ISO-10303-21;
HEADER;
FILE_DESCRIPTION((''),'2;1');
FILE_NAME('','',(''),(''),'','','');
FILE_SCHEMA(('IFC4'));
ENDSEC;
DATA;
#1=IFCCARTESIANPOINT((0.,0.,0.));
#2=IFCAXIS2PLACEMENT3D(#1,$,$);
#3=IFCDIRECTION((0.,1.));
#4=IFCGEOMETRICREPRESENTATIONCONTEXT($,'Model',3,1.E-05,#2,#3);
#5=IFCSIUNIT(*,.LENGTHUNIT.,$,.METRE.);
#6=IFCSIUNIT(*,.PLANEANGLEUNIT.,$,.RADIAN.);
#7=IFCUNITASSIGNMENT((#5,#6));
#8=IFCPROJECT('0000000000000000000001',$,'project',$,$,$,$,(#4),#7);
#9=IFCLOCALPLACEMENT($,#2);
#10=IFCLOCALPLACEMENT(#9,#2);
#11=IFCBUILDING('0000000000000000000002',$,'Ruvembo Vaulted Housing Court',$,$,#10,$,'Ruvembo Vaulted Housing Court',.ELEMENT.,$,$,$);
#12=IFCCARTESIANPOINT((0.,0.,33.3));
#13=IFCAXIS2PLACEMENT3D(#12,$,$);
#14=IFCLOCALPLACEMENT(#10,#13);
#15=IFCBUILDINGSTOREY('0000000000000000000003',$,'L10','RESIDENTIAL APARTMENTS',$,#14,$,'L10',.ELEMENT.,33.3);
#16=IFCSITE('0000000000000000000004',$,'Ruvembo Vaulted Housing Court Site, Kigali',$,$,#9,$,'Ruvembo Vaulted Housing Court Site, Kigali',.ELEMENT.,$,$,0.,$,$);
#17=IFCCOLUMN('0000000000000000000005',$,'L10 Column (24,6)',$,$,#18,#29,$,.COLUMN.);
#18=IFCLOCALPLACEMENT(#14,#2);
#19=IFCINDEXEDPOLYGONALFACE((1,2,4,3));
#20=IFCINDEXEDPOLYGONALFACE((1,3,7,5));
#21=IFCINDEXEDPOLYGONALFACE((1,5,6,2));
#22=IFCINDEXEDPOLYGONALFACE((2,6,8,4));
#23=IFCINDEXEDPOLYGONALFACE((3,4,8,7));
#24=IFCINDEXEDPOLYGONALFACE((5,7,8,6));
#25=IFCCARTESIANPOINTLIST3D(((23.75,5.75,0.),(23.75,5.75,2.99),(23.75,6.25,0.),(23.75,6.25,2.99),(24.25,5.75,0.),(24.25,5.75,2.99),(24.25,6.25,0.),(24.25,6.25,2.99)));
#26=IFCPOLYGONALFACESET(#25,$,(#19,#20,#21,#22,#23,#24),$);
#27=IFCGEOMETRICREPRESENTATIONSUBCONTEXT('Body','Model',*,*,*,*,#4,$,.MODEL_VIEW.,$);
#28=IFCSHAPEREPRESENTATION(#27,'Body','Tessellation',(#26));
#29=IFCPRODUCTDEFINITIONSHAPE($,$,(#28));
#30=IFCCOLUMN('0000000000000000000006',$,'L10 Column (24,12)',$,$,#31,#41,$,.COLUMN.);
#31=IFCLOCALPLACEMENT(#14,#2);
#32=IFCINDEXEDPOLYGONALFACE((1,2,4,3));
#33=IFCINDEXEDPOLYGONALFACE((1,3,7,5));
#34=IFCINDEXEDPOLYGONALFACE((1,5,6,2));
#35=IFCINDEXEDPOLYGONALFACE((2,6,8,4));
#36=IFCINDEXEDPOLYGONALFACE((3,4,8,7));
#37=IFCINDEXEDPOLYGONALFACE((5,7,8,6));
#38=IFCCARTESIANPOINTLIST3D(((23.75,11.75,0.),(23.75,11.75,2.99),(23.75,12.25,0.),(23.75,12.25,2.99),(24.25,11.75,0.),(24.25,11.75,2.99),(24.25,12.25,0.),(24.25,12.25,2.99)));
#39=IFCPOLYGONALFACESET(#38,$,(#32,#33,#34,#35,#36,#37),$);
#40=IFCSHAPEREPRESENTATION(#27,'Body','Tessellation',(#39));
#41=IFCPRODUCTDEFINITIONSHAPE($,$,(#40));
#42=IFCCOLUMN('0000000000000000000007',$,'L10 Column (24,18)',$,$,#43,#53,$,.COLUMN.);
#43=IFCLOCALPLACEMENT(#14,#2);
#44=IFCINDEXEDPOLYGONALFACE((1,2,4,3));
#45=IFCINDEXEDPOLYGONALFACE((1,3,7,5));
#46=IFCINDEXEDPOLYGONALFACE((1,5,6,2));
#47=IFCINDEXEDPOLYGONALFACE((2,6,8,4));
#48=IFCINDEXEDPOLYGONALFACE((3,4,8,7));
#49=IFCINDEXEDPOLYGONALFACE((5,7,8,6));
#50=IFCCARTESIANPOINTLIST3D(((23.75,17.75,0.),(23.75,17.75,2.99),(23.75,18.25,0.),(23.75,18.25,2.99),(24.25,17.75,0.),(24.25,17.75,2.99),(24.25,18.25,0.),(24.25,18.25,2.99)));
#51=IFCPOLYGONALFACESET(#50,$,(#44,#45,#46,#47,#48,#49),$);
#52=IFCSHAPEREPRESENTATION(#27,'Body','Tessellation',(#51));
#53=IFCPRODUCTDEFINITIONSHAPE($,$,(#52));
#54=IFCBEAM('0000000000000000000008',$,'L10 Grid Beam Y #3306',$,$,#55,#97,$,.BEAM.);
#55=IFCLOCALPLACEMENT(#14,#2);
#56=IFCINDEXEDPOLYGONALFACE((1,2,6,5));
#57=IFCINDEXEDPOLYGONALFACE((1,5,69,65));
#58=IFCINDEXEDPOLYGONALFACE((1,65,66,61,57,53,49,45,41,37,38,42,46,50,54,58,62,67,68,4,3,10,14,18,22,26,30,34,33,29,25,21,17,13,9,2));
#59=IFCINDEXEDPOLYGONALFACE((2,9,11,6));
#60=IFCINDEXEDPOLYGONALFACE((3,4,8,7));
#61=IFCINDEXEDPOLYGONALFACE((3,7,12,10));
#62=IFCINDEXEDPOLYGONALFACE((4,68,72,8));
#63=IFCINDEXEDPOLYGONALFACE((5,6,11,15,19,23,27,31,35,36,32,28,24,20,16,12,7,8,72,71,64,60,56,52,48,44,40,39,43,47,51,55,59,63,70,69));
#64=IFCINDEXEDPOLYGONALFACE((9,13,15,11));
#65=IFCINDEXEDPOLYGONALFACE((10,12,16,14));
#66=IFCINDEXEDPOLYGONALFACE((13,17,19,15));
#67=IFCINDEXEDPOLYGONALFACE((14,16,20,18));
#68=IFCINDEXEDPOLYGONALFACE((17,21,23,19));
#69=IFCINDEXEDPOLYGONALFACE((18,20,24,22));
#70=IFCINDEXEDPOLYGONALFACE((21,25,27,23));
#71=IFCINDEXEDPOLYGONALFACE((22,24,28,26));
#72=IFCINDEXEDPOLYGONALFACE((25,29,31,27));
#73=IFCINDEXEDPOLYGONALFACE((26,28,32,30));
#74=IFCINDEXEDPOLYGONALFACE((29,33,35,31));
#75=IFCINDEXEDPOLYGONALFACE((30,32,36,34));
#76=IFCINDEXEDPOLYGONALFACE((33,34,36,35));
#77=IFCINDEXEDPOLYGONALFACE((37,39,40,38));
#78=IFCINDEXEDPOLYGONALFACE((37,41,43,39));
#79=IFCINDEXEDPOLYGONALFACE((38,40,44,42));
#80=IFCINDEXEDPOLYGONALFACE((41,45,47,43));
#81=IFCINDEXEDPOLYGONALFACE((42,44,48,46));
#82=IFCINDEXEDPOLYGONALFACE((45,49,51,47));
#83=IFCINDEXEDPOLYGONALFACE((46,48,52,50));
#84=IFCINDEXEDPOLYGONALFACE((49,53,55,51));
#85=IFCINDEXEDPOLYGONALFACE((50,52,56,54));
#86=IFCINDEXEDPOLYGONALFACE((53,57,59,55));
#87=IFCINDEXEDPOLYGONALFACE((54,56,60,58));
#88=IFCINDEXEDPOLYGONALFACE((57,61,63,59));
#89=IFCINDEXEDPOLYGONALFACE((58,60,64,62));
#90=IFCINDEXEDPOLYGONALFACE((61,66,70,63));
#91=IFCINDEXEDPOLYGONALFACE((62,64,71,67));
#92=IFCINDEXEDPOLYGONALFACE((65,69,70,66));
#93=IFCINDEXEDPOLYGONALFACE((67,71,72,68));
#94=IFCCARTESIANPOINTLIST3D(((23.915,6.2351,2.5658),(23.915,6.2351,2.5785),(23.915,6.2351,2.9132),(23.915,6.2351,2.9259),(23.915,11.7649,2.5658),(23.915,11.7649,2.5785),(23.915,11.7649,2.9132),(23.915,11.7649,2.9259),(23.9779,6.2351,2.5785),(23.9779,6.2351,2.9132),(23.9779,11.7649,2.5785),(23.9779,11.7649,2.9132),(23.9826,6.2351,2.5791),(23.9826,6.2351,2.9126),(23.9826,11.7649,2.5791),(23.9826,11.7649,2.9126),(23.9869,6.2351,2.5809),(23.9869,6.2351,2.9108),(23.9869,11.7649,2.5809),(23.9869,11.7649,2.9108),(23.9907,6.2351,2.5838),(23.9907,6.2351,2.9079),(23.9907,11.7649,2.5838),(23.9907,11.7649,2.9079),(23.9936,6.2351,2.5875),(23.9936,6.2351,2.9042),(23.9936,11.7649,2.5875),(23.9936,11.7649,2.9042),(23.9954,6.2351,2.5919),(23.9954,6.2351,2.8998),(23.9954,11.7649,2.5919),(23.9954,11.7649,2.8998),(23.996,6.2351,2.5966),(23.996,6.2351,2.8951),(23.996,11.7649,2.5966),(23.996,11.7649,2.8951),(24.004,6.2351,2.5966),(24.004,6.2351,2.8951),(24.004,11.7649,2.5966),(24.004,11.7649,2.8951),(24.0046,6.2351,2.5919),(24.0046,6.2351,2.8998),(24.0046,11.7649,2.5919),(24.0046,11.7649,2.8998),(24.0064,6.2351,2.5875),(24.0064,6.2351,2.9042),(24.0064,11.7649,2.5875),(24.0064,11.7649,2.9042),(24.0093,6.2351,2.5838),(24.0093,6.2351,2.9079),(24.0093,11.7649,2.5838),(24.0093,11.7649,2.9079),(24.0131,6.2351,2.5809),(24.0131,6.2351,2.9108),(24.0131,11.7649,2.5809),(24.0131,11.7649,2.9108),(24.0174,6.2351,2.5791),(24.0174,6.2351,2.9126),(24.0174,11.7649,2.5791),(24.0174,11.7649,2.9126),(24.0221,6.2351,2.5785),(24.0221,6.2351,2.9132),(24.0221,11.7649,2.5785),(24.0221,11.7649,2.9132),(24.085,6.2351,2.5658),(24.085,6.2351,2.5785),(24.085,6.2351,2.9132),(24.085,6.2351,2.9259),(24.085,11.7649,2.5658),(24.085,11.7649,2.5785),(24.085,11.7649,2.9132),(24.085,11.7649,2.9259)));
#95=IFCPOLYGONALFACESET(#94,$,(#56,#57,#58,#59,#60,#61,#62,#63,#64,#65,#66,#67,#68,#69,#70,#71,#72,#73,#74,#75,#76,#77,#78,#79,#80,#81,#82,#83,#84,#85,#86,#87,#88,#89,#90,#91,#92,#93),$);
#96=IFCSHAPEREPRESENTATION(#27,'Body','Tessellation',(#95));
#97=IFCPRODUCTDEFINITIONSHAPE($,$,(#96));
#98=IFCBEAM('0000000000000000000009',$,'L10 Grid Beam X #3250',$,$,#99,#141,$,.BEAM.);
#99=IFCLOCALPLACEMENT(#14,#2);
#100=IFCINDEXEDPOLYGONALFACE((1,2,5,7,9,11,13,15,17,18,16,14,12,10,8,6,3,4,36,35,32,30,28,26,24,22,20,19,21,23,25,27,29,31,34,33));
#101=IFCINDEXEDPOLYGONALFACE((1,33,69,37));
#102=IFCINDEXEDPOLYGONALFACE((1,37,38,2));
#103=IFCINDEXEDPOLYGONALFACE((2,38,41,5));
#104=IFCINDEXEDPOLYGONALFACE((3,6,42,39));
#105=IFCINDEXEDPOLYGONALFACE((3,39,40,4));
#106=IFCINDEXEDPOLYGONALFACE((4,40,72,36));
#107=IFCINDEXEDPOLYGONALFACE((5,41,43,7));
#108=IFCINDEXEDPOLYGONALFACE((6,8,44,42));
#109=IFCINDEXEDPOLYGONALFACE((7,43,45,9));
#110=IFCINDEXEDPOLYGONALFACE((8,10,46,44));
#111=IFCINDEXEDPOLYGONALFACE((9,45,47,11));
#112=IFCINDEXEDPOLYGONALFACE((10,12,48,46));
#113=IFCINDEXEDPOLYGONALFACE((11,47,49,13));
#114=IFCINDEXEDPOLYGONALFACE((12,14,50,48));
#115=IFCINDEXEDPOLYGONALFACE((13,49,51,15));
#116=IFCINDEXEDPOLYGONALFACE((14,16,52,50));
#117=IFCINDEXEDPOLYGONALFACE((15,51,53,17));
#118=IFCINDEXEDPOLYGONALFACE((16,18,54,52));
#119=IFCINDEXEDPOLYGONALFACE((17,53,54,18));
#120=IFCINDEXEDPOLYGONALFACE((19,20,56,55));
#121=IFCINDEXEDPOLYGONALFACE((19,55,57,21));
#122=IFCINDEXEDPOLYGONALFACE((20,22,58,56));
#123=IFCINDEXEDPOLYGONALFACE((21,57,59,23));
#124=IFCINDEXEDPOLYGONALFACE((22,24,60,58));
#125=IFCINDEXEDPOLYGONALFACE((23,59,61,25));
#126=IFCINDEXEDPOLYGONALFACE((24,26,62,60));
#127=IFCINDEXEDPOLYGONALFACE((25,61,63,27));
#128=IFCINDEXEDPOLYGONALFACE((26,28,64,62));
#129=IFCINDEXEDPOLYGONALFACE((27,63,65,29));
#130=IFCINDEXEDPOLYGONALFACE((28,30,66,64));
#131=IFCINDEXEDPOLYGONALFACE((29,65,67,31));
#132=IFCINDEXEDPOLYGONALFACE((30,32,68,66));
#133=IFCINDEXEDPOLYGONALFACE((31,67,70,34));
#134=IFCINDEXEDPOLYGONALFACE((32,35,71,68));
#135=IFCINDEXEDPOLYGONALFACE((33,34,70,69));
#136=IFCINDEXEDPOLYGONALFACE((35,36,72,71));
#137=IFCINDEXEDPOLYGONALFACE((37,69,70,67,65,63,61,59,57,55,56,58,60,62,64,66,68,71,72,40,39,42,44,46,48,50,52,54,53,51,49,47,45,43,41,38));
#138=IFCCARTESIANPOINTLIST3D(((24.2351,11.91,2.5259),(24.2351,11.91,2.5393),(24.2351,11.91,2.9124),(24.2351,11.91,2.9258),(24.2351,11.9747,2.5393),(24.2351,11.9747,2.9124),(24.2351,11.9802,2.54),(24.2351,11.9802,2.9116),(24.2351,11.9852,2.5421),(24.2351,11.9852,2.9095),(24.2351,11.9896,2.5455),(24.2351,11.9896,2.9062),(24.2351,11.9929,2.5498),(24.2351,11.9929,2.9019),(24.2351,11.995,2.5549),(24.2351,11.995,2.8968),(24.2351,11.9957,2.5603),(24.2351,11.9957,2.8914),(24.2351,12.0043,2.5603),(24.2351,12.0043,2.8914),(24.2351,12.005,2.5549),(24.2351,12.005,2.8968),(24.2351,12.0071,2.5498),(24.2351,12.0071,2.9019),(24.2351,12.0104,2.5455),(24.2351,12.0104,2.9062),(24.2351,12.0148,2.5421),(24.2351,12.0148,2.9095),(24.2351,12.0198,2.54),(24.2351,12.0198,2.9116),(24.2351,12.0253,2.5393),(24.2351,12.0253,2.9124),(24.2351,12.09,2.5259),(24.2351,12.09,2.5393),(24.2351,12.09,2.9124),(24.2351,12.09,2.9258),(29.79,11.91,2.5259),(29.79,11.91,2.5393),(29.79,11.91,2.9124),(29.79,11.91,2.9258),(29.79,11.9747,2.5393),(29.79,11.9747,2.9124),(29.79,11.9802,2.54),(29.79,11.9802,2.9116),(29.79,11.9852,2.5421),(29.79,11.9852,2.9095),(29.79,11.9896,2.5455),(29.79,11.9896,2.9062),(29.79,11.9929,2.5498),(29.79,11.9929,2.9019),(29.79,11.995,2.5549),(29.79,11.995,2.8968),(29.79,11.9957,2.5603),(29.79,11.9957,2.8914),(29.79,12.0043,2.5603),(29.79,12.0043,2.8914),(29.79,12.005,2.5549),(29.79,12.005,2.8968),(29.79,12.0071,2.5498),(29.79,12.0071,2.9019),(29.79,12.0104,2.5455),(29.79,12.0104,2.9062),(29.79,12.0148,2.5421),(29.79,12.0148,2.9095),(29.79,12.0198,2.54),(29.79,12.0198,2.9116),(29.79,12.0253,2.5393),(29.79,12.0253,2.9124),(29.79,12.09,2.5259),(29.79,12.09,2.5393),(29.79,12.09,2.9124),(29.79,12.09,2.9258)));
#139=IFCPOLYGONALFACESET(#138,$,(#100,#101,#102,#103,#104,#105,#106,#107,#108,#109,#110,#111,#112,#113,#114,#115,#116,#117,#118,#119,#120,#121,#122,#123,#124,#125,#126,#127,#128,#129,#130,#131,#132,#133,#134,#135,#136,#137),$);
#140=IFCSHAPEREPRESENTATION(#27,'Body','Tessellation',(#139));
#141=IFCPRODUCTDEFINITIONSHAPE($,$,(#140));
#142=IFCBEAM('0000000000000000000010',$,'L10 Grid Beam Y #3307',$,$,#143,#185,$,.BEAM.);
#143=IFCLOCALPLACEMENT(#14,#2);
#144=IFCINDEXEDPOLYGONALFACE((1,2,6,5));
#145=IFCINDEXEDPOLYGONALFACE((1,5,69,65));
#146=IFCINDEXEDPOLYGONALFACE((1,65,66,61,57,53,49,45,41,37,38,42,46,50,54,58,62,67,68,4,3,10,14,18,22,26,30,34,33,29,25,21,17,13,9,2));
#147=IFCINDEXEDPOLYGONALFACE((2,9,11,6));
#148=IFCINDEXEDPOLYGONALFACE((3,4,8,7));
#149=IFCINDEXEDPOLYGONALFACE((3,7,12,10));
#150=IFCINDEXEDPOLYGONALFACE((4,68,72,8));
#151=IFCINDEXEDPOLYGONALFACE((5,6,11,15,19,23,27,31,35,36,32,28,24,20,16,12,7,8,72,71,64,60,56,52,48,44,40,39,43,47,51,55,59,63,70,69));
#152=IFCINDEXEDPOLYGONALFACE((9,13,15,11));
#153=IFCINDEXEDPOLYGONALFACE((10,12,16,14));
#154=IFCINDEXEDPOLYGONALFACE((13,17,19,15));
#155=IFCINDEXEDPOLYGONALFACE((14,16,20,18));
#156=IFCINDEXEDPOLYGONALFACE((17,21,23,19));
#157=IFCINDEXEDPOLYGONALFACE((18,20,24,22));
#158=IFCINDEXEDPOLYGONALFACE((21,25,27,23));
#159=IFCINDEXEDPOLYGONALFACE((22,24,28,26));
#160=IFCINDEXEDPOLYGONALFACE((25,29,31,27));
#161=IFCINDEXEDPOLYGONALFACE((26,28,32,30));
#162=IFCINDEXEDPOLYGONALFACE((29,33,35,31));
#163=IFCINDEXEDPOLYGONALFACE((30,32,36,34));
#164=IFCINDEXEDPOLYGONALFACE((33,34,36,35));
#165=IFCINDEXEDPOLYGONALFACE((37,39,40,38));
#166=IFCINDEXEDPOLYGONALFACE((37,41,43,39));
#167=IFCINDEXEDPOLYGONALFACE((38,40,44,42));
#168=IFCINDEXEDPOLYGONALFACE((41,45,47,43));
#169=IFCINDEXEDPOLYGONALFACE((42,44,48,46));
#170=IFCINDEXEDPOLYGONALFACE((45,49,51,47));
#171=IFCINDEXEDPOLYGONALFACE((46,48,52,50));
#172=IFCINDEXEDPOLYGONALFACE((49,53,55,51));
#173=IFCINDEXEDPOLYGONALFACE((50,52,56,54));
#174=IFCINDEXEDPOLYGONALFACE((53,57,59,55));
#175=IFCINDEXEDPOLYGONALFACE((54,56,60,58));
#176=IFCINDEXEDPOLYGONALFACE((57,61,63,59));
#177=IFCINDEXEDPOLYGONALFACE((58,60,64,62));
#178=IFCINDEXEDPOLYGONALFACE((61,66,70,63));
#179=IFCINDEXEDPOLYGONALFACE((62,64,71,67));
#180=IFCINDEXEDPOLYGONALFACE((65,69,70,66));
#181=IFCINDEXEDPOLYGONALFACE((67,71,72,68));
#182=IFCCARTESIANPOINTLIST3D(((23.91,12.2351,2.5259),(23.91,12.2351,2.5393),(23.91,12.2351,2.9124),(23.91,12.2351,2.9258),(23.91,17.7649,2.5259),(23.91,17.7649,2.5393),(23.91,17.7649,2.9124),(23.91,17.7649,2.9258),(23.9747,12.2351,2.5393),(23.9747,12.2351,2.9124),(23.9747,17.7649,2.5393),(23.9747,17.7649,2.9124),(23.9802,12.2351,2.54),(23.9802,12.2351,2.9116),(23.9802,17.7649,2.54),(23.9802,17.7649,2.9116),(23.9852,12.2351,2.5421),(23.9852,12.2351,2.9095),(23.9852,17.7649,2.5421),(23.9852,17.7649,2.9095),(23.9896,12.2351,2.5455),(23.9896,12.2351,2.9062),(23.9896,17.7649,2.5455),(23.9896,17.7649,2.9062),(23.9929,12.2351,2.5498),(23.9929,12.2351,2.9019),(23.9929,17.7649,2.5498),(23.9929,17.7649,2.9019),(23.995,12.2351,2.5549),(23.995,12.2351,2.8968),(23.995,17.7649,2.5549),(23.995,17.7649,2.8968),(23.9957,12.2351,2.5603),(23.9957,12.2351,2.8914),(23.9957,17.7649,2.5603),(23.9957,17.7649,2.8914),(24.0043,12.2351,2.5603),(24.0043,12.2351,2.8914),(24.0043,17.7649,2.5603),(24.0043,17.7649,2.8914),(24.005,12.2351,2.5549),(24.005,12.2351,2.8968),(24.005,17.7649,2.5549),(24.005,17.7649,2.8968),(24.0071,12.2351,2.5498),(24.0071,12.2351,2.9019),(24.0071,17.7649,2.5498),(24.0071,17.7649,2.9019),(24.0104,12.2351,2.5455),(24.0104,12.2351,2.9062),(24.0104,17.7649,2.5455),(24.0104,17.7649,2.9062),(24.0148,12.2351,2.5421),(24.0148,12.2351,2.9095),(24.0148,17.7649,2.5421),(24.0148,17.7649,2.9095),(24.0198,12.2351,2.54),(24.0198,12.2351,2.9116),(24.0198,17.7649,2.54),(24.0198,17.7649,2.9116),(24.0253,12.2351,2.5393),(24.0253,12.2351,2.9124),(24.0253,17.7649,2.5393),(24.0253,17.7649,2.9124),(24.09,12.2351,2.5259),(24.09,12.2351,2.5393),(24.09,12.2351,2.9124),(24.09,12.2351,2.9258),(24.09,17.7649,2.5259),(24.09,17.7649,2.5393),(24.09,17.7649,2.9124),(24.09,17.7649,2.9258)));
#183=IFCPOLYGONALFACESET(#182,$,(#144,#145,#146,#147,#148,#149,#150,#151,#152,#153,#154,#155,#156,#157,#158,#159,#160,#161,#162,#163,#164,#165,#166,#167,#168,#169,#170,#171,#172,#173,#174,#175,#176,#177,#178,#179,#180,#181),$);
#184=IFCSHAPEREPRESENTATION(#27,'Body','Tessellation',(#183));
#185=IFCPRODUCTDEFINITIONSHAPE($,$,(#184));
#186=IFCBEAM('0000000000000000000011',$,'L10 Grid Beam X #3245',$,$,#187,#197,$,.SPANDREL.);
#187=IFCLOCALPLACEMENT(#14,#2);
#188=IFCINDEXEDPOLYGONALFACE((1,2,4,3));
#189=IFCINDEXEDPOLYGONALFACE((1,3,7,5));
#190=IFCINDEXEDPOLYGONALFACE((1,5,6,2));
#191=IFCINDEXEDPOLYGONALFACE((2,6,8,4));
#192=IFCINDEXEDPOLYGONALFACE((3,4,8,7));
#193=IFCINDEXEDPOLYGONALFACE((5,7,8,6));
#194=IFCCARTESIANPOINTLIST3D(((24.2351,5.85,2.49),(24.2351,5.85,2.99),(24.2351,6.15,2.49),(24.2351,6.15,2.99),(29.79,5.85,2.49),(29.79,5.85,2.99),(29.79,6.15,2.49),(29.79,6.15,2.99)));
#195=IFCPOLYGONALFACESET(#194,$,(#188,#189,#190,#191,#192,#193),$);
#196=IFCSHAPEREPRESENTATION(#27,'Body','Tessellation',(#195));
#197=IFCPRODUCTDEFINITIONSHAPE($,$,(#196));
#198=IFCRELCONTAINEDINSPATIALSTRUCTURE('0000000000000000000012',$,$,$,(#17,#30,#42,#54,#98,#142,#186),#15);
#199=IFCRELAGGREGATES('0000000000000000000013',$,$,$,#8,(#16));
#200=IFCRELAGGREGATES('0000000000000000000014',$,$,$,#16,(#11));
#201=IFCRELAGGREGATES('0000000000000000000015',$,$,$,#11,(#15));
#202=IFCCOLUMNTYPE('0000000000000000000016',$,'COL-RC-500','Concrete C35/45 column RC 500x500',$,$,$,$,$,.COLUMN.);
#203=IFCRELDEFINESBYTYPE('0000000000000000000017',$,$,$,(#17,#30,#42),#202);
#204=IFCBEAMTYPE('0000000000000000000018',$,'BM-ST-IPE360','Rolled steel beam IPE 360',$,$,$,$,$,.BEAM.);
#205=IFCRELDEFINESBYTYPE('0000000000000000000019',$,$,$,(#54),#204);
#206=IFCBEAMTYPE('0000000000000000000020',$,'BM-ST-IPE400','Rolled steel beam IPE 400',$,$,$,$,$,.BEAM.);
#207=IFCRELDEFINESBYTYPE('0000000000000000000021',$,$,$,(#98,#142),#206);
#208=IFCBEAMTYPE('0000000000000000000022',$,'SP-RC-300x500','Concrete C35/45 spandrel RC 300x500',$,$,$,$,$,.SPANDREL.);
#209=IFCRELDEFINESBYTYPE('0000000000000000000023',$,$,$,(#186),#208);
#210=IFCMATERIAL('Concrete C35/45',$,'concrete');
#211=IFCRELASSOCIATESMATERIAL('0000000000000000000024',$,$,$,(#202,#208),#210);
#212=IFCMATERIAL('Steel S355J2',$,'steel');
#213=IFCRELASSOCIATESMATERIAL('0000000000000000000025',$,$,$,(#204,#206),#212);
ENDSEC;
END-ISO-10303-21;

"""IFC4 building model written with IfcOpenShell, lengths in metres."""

from ifc_helpers import new_model, si_unit, direction, frame, origin, origin_2d, place, context, subcontext, project, spatial, rectangle, i_section, extrude, material, material_profile, profile_set, type_object, element, save


model = new_model("IFC4")

# Units and contexts
model_context = context("Model", 3, precision=1e-05, world=origin(), true_north=direction((0.0, 1.0)))
body_context = subcontext(model_context, "Body", "Model", "MODEL_VIEW")
ifc_project = project(units=[si_unit("LENGTHUNIT", "METRE"), si_unit("PLANEANGLEUNIT", "RADIAN")], contexts=[model_context])

# Site, building, storey
site_placement = place(None, origin())
site = spatial("IfcSite", under=ifc_project, at=site_placement, Name="Ruvembo Vaulted Housing Court Site, Kigali", LongName="Ruvembo Vaulted Housing Court Site, Kigali", CompositionType="ELEMENT", RefElevation=0.0)
building_placement = place(site_placement, origin())
building = spatial("IfcBuilding", under=site, at=building_placement, Name="Ruvembo Vaulted Housing Court", LongName="Ruvembo Vaulted Housing Court", CompositionType="ELEMENT")
storey_placement = place(building_placement, frame((0.0, 0.0, 33.3)))
storey = spatial("IfcBuildingStorey", under=building, at=storey_placement, Name="L10", Description="RESIDENTIAL APARTMENTS", LongName="L10", CompositionType="ELEMENT", Elevation=33.3)

# Columns
ifc_material_1 = material(Name="Concrete C35/45", Category="concrete")
ifc_material_profile_1 = material_profile(ifc_material_1, rectangle(XDim=0.5, YDim=0.5, at=origin_2d()), Name="RC 500x500")
ifc_profile_set_1 = profile_set([ifc_material_profile_1], Name="Concrete C35/45")
column_type = type_object("IfcColumnType", Name="COL-RC-500", Description="Concrete C35/45 column RC 500x500", PredefinedType="COLUMN", material=ifc_profile_set_1)
for number, where, z_axis, x_axis, name in (
    (1, (24.0, 6.0, 0.0), (0.0, 0.0, 1.0), (1.0, 0.0, 0.0), "L10 Column (24,6)"),
    (2, (24.0, 12.0, 0.0), (0.0, 0.0, 1.0), (1.0, 0.0, 0.0), "L10 Column (24,12)"),
    (3, (24.0, 18.0, 0.0), (0.0, 0.0, 1.0), (1.0, 0.0, 0.0), "L10 Column (24,18)"),
):
    element("IfcColumn", number, at=place(storey_placement, frame(where, z_axis=z_axis, x_axis=x_axis)), inside=storey, type_object=column_type, Name=name, PredefinedType="COLUMN", context=body_context, shape_type="SweptSolid", body=[
        extrude(rectangle(XDim=0.5, YDim=0.5, at=origin_2d()), origin(), (0.0, 0.0, 1.0), 2.99),
    ])

# Beams
ifc_material_2 = material(Name="Steel S355J2", Category="steel")
ifc_material_profile_2 = material_profile(ifc_material_2, i_section(OverallWidth=0.1699, OverallDepth=0.3601, WebThickness=0.0081, FlangeThickness=0.0127, FilletRadius=0.0181, at=origin_2d()), Name="IPE 360")
ifc_profile_set_2 = profile_set([ifc_material_profile_2], Name="Steel S355J2")
beam_type_1 = type_object("IfcBeamType", Name="BM-ST-IPE360", Description="Rolled steel beam IPE 360", PredefinedType="BEAM", material=ifc_profile_set_2)
beam_1_placement = place(storey_placement, frame((24.0, 6.2351, 2.7458), z_axis=(0.0, 1.0, 0.0), x_axis=(-1.0, 0.0, 0.0)))
element("IfcBeam", 4, at=beam_1_placement, inside=storey, type_object=beam_type_1, Name="L10 Grid Beam Y #3306", PredefinedType="BEAM", context=body_context, shape_type="SweptSolid", body=[
    extrude(i_section(OverallWidth=0.1699, OverallDepth=0.3601, WebThickness=0.0081, FlangeThickness=0.0127, FilletRadius=0.0181, at=origin_2d()), origin(), (0.0, 0.0, 1.0), 5.5298),
])
ifc_material_profile_3 = material_profile(ifc_material_2, i_section(OverallWidth=0.1799, OverallDepth=0.3999, WebThickness=0.0085, FlangeThickness=0.0134, FilletRadius=0.021, at=origin_2d()), Name="IPE 400")
ifc_profile_set_3 = profile_set([ifc_material_profile_3], Name="Steel S355J2")
beam_type_2 = type_object("IfcBeamType", Name="BM-ST-IPE400", Description="Rolled steel beam IPE 400", PredefinedType="BEAM", material=ifc_profile_set_3)
beam_2_placement = place(storey_placement, frame((24.2351, 12.0, 2.7258), z_axis=(1.0, 0.0, 0.0), x_axis=(0.0, 1.0, 0.0)))
element("IfcBeam", 5, at=beam_2_placement, inside=storey, type_object=beam_type_2, Name="L10 Grid Beam X #3250", PredefinedType="BEAM", context=body_context, shape_type="SweptSolid", body=[
    extrude(i_section(OverallWidth=0.1799, OverallDepth=0.3999, WebThickness=0.0085, FlangeThickness=0.0134, FilletRadius=0.021, at=origin_2d()), origin(), (0.0, 0.0, 1.0), 5.5549),
])
beam_3_placement = place(storey_placement, frame((24.0, 12.2351, 2.7258), z_axis=(0.0, 1.0, 0.0), x_axis=(-1.0, 0.0, 0.0)))
element("IfcBeam", 6, at=beam_3_placement, inside=storey, type_object=beam_type_2, Name="L10 Grid Beam Y #3307", PredefinedType="BEAM", context=body_context, shape_type="SweptSolid", body=[
    extrude(i_section(OverallWidth=0.1799, OverallDepth=0.3999, WebThickness=0.0085, FlangeThickness=0.0134, FilletRadius=0.021, at=origin_2d()), origin(), (0.0, 0.0, 1.0), 5.5298),
])
ifc_material_profile_4 = material_profile(ifc_material_1, rectangle(XDim=0.3, YDim=0.5, at=origin_2d()), Name="RC 300x500")
ifc_profile_set_4 = profile_set([ifc_material_profile_4], Name="Concrete C35/45")
beam_type_3 = type_object("IfcBeamType", Name="SP-RC-300x500", Description="Concrete C35/45 spandrel RC 300x500", PredefinedType="SPANDREL", material=ifc_profile_set_4)
beam_4_placement = place(storey_placement, frame((24.2351, 6.0, 2.74), z_axis=(1.0, 0.0, 0.0), x_axis=(0.0, 1.0, 0.0)))
element("IfcBeam", 7, at=beam_4_placement, inside=storey, type_object=beam_type_3, Name="L10 Grid Beam X #3245", PredefinedType="SPANDREL", context=body_context, shape_type="SweptSolid", body=[
    extrude(rectangle(XDim=0.3, YDim=0.5, at=origin_2d()), origin(), (0.0, 0.0, 1.0), 5.5549),
])

save(model, "model.ifc")
